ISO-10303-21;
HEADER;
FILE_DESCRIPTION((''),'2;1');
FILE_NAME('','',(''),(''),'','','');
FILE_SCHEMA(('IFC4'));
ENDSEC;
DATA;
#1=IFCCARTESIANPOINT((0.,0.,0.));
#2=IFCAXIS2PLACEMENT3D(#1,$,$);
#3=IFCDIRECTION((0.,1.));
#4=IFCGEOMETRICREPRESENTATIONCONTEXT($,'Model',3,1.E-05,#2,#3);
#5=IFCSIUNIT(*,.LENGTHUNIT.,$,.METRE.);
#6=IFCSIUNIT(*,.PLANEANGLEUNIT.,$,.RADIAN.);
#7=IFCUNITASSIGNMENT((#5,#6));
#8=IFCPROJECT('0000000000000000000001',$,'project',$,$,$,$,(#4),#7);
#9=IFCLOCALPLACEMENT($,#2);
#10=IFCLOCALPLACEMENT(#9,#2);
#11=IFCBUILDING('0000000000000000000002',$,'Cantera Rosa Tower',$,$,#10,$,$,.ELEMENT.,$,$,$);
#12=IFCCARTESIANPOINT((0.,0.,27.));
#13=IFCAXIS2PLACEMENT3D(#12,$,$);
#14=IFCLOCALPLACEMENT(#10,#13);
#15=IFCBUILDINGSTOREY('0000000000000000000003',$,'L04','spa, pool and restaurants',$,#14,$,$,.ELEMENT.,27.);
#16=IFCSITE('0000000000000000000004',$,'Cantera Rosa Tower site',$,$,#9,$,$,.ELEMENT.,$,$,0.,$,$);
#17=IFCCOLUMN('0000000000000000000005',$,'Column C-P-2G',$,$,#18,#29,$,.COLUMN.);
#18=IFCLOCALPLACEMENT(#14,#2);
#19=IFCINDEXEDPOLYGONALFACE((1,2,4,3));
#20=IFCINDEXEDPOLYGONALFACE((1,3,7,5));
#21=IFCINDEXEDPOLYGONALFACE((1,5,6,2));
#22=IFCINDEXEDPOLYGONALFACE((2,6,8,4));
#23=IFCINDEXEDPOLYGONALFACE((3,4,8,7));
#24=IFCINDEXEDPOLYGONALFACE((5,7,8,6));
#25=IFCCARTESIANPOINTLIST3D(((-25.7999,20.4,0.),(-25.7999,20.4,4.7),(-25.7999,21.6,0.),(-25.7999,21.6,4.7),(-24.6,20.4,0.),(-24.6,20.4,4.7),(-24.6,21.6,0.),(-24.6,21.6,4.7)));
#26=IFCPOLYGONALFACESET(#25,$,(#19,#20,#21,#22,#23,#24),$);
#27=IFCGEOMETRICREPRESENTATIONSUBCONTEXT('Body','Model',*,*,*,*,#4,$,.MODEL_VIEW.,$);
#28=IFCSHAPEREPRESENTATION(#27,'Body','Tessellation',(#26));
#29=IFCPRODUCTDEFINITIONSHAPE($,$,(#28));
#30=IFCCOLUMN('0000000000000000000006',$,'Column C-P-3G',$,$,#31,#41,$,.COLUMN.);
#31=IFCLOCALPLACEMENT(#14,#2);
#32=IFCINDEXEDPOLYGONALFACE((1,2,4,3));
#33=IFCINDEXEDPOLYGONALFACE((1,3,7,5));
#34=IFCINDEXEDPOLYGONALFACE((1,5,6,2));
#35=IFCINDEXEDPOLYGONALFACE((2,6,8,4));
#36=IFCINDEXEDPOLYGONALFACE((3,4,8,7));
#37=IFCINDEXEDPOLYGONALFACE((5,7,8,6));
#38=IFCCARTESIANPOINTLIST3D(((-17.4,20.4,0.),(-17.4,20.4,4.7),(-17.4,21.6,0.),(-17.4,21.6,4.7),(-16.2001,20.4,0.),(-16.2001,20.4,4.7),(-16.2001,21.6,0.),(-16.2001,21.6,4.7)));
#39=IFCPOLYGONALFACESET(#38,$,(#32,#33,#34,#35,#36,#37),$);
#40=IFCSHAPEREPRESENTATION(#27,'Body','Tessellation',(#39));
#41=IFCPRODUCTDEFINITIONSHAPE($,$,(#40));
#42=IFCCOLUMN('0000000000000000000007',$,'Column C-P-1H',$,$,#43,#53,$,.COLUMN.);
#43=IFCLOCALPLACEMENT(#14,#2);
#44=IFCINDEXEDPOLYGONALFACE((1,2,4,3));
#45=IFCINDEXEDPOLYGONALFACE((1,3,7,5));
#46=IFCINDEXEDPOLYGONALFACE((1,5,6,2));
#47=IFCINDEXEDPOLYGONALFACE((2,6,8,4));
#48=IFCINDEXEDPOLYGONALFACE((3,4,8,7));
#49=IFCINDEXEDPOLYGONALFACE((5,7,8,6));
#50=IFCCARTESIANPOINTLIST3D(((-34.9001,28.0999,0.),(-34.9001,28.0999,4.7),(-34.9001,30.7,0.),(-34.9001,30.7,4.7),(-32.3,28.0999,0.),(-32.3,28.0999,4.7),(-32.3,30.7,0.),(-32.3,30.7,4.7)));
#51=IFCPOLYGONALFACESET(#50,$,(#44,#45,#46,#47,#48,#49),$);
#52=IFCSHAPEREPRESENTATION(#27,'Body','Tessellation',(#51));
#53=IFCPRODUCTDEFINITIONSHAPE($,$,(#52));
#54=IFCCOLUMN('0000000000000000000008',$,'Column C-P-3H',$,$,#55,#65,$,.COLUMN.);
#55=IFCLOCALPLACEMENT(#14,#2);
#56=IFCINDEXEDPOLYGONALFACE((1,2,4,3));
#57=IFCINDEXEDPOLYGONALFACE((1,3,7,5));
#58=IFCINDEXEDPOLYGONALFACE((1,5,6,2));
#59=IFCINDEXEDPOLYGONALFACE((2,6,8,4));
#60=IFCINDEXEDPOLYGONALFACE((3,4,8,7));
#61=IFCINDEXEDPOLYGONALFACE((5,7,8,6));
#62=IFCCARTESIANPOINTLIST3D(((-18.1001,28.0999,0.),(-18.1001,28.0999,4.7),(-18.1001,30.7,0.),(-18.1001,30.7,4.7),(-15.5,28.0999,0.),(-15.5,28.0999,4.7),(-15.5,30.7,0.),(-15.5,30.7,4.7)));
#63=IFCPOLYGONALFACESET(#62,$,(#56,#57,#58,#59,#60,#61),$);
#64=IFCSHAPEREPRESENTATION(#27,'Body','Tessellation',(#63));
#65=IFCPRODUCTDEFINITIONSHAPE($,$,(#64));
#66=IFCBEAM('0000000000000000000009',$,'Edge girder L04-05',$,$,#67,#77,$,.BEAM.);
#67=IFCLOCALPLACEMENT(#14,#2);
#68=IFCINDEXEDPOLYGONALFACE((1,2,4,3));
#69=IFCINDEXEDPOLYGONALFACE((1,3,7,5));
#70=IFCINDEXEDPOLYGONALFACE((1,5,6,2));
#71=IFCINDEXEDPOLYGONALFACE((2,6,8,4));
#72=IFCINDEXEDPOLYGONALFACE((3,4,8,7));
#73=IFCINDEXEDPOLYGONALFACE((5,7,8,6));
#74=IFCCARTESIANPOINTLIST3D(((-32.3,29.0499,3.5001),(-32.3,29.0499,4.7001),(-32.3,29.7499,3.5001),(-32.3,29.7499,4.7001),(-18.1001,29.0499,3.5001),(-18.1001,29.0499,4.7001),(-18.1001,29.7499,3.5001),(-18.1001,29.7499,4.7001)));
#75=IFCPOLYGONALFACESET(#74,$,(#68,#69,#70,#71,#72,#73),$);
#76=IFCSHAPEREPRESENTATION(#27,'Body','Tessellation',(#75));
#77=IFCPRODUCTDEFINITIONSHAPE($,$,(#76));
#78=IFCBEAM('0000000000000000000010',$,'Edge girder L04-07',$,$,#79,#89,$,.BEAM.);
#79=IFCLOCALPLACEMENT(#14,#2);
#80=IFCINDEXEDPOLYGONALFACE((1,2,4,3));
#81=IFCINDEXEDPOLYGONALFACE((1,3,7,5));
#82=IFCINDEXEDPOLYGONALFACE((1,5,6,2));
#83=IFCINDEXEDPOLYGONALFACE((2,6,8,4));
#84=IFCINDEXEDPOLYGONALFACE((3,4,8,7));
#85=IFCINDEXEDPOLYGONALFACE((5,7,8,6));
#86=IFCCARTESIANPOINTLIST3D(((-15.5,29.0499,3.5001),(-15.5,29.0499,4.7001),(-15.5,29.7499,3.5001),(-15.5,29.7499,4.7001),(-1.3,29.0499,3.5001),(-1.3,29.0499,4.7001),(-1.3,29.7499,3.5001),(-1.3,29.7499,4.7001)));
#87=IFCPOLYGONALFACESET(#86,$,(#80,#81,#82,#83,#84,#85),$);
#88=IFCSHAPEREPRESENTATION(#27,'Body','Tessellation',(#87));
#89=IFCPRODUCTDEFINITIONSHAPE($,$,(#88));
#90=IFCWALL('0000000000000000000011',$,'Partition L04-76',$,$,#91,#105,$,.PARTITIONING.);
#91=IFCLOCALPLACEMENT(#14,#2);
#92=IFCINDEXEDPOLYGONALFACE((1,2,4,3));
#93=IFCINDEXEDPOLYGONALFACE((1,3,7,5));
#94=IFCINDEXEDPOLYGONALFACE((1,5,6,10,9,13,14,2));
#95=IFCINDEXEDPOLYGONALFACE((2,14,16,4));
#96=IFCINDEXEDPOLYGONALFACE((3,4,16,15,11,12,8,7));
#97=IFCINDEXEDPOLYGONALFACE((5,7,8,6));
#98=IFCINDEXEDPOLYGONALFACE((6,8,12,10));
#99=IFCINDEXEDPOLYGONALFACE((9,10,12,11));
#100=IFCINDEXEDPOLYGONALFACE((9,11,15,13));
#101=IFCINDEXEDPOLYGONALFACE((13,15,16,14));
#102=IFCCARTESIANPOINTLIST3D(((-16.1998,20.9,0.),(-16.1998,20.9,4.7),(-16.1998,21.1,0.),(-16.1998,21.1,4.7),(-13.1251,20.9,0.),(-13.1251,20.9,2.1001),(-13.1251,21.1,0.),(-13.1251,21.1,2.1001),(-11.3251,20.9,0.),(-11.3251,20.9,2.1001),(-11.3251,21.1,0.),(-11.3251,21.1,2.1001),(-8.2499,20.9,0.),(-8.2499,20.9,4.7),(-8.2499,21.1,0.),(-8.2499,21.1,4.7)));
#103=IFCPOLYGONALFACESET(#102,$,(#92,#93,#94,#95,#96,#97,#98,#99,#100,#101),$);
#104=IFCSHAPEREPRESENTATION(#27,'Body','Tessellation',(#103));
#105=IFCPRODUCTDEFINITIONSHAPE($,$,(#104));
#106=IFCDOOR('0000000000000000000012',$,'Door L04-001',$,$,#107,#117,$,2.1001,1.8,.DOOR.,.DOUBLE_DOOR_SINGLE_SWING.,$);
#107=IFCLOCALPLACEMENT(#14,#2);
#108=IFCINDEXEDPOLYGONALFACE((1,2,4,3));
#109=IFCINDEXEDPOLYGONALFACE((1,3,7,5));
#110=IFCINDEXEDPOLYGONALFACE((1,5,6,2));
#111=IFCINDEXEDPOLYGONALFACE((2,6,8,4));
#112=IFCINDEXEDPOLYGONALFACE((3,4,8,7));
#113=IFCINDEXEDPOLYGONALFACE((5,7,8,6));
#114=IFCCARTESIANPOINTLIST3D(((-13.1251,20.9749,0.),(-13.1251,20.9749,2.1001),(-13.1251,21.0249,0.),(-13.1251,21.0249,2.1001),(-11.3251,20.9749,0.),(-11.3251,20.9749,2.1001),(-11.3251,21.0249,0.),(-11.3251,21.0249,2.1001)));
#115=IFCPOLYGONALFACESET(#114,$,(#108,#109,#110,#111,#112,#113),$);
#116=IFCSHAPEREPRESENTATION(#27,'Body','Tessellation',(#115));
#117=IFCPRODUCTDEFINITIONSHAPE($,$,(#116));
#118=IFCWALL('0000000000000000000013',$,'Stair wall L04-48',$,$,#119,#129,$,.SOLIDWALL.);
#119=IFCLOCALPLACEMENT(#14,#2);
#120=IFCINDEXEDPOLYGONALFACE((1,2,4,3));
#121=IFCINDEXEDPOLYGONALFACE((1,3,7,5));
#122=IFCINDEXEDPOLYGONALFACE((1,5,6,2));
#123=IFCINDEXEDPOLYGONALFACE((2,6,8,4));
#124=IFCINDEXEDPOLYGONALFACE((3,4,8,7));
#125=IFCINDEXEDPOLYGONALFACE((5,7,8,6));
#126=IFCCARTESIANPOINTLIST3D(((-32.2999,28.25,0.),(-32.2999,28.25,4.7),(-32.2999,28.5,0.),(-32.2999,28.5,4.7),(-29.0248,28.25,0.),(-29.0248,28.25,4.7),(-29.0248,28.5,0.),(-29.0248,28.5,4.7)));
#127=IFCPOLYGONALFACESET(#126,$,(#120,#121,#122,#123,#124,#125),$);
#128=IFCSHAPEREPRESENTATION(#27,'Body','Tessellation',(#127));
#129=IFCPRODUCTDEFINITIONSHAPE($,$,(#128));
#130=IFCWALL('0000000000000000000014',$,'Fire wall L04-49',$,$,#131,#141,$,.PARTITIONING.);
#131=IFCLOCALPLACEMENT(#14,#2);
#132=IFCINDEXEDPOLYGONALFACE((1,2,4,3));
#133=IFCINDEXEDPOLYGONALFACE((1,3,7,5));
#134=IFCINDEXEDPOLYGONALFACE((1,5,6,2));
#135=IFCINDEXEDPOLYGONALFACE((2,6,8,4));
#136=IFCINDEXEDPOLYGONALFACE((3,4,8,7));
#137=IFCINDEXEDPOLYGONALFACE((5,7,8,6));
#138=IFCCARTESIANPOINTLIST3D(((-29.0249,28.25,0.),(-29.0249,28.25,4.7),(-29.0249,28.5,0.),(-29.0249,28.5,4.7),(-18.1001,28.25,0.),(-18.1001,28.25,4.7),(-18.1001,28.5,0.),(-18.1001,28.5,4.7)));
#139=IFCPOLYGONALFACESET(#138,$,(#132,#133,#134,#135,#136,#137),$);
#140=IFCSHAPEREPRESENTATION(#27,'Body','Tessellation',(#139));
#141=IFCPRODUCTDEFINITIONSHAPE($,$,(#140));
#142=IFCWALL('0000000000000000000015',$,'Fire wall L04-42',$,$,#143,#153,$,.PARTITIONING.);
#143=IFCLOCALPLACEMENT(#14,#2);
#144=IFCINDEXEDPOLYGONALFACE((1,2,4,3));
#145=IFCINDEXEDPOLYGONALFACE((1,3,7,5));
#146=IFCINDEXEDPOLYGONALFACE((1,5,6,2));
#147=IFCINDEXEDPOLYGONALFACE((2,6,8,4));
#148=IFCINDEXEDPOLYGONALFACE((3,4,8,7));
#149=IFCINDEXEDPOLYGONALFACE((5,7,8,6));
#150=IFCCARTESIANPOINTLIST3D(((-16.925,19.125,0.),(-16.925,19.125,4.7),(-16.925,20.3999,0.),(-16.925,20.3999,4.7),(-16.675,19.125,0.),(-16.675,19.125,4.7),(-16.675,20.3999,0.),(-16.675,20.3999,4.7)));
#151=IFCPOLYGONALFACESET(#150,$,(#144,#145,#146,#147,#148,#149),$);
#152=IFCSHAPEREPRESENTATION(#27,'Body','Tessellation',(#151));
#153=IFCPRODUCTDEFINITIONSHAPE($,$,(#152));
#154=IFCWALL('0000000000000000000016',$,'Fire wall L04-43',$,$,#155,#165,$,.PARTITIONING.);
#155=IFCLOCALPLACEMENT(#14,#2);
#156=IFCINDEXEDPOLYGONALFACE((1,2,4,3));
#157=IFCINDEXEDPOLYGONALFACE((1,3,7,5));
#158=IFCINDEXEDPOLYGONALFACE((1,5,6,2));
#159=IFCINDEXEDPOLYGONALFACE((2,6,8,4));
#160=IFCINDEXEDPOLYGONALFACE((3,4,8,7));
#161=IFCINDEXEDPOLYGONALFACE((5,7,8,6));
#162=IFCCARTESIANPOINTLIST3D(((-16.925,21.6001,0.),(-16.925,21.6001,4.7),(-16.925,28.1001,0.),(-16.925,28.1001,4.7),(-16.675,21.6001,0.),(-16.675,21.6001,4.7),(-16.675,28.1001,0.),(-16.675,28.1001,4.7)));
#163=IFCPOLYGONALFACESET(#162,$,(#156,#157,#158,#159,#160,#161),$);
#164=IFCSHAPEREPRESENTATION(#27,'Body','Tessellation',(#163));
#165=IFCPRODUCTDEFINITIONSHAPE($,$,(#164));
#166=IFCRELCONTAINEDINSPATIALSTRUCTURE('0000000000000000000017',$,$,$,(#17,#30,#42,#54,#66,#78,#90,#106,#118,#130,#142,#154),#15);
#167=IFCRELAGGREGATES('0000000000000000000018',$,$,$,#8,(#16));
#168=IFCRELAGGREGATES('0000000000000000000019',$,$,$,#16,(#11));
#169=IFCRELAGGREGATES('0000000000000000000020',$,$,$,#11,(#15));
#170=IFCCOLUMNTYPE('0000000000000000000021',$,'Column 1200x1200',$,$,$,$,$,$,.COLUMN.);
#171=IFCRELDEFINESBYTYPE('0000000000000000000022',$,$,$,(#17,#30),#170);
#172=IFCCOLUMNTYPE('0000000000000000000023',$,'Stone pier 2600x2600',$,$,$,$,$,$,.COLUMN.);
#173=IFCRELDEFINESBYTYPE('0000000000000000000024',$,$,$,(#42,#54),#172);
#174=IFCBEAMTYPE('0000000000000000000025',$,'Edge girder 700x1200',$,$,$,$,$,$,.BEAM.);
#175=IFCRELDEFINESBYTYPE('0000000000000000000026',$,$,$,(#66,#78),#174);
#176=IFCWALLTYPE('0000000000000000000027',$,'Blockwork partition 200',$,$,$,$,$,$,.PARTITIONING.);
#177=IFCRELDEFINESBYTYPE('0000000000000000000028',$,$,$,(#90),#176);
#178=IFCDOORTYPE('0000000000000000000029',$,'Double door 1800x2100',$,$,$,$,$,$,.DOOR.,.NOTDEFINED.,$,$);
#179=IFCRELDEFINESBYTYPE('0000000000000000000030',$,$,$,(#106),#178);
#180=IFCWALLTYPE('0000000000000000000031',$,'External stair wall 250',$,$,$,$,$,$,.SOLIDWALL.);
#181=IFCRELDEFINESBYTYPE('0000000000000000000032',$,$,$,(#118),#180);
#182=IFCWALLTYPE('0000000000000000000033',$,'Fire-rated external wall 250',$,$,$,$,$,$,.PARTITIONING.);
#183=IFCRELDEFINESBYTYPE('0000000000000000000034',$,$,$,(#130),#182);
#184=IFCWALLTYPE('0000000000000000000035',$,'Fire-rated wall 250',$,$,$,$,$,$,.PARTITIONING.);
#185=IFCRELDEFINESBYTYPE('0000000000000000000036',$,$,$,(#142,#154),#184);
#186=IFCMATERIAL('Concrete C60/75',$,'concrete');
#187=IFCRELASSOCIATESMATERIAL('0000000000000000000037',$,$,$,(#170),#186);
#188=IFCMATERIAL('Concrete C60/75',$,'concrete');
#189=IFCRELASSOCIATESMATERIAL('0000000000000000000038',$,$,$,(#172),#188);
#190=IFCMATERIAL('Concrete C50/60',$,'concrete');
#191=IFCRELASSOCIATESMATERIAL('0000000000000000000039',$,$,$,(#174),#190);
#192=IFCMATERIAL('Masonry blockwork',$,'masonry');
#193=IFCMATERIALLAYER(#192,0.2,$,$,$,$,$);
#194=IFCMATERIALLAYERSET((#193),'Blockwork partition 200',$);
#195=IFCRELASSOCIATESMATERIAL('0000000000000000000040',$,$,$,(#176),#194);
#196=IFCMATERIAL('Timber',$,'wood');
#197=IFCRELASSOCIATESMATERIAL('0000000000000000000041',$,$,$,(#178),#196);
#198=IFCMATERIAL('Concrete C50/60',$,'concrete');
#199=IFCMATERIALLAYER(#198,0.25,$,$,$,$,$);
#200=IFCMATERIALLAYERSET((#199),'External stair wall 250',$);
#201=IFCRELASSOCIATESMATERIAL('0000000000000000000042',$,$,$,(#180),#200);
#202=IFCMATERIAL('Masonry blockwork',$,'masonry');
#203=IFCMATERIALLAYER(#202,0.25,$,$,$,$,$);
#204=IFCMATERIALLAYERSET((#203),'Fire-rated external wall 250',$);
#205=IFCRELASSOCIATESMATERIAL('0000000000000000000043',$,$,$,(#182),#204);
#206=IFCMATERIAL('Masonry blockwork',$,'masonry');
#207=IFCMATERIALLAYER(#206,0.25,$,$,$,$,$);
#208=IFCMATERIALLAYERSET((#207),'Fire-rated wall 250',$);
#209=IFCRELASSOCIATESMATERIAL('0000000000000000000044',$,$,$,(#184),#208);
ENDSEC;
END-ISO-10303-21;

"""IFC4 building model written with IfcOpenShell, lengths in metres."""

from ifc_helpers import new_model, si_unit, direction, frame, frame_2d, origin, origin_2d, place, context, subcontext, project, spatial, rectangle, extrude, material, layer, layer_set, material_profile, profile_set, type_object, element, fill, save


model = new_model("IFC4")

# Units and contexts
model_context = context("Model", 3, precision=1e-05, world=origin(), true_north=direction((0.0, 1.0)))
body_context = subcontext(model_context, "Body", "Model", "MODEL_VIEW")
ifc_project = project(units=[si_unit("LENGTHUNIT", "METRE"), si_unit("PLANEANGLEUNIT", "RADIAN")], contexts=[model_context])

# Site, building, storey
site_placement = place(None, origin())
site = spatial("IfcSite", under=ifc_project, at=site_placement, Name="Cantera Rosa Tower site", CompositionType="ELEMENT", RefElevation=0.0)
building_placement = place(site_placement, origin())
building = spatial("IfcBuilding", under=site, at=building_placement, Name="Cantera Rosa Tower", CompositionType="ELEMENT")
storey_placement = place(building_placement, frame((0.0, 0.0, 27.0)))
storey = spatial("IfcBuildingStorey", under=building, at=storey_placement, Name="L04", Description="spa, pool and restaurants", CompositionType="ELEMENT", Elevation=27.0)

# Columns
ifc_material_1 = material(Name="Concrete C60/75", Category="concrete")
ifc_material_profile_1 = material_profile(ifc_material_1, rectangle(XDim=1.2, YDim=1.2, at=origin_2d()), Name="Column 1200x1200")
ifc_profile_set_1 = profile_set([ifc_material_profile_1], Name="Concrete C60/75")
column_type_1 = type_object("IfcColumnType", Name="Column 1200x1200", PredefinedType="COLUMN", material=ifc_profile_set_1)
for number, where, z_axis, x_axis, name in (
    (1, (-25.2, 21.0, 0.0), (0.0, 0.0, 1.0), (1.0, 0.0, 0.0), "Column C-P-2G"),
    (2, (-16.8, 21.0, 0.0), (0.0, 0.0, 1.0), (1.0, 0.0, 0.0), "Column C-P-3G"),
):
    element("IfcColumn", number, at=place(storey_placement, frame(where, z_axis=z_axis, x_axis=x_axis)), inside=storey, type_object=column_type_1, Name=name, PredefinedType="COLUMN", context=body_context, shape_type="SweptSolid", body=[
        extrude(rectangle(XDim=1.2, YDim=1.2, at=origin_2d()), origin(), (0.0, 0.0, 1.0), 4.7),
    ])
ifc_material_2 = material(Name="Concrete C60/75", Category="concrete")
ifc_material_profile_2 = material_profile(ifc_material_2, rectangle(XDim=2.6001, YDim=2.6001, at=origin_2d()), Name="Stone pier 2600x2600")
ifc_profile_set_2 = profile_set([ifc_material_profile_2], Name="Concrete C60/75")
column_type_2 = type_object("IfcColumnType", Name="Stone pier 2600x2600", PredefinedType="COLUMN", material=ifc_profile_set_2)
for number, where, z_axis, x_axis, name in (
    (3, (-33.6001, 29.3999, 0.0), (0.0, 0.0, 1.0), (1.0, 0.0, 0.0), "Column C-P-1H"),
    (4, (-16.8, 29.3999, 0.0), (0.0, 0.0, 1.0), (1.0, 0.0, 0.0), "Column C-P-3H"),
):
    element("IfcColumn", number, at=place(storey_placement, frame(where, z_axis=z_axis, x_axis=x_axis)), inside=storey, type_object=column_type_2, Name=name, PredefinedType="COLUMN", context=body_context, shape_type="SweptSolid", body=[
        extrude(rectangle(XDim=2.6001, YDim=2.6001, at=origin_2d()), origin(), (0.0, 0.0, 1.0), 4.7),
    ])

# Beams
ifc_material_3 = material(Name="Concrete C50/60", Category="concrete")
ifc_material_profile_3 = material_profile(ifc_material_3, rectangle(XDim=0.7, YDim=1.2, at=origin_2d()), Name="Edge girder 700x1200")
ifc_profile_set_3 = profile_set([ifc_material_profile_3], Name="Concrete C50/60")
beam_type = type_object("IfcBeamType", Name="Edge girder 700x1200", PredefinedType="BEAM", material=ifc_profile_set_3)
for number, where, z_axis, x_axis, name in (
    (5, (-32.3, 29.3999, 4.1001), (1.0, 0.0, 0.0), (0.0, 1.0, 0.0), "Edge girder L04-05"),
    (6, (-15.5, 29.3999, 4.1001), (1.0, 0.0, 0.0), (0.0, 1.0, 0.0), "Edge girder L04-07"),
):
    element("IfcBeam", number, at=place(storey_placement, frame(where, z_axis=z_axis, x_axis=x_axis)), inside=storey, type_object=beam_type, Name=name, PredefinedType="BEAM", context=body_context, shape_type="SweptSolid", body=[
        extrude(rectangle(XDim=0.7, YDim=1.2, at=origin_2d()), origin(), (0.0, 0.0, 1.0), 14.2),
    ])

# Wall, opening, door
ifc_material_4 = material(Name="Masonry blockwork", Category="masonry")
ifc_layer_1 = layer(ifc_material_4, 0.2)
ifc_layer_set_1 = layer_set([ifc_layer_1], Name="Blockwork partition 200")
wall_type_1 = type_object("IfcWallType", Name="Blockwork partition 200", PredefinedType="PARTITIONING", material=ifc_layer_set_1)
wall_1_placement = place(storey_placement, frame((-16.2, 21.0, 0.0), z_axis=(0.0, 0.0, 1.0), x_axis=(1.0, 0.0, 0.0)))
wall_1 = element("IfcWall", 7, at=wall_1_placement, inside=storey, type_object=wall_type_1, Name="Partition L04-76", PredefinedType="PARTITIONING", context=body_context, shape_type="SweptSolid", body=[
    extrude(rectangle(XDim=7.95, YDim=0.2, at=frame_2d((3.9751, 0.0))), origin(), (0.0, 0.0, 1.0), 4.7),
])
opening_1_placement = place(wall_1_placement, frame((3.075, 0.0, 0.0)))
opening_1 = element("IfcOpeningElement", 8, at=opening_1_placement, cuts=wall_1, PredefinedType="OPENING", context=body_context, shape_type="SweptSolid", body=[
    extrude(rectangle(XDim=1.8, YDim=2.1001, at=frame_2d((0.8999, 1.05))), frame((0.0, 0.1099, 0.0), z_axis=(0.0, -1.0, 0.0), x_axis=(1.0, 0.0, 0.0)), (0.0, 0.0, 1.0), 0.22),
])
ifc_material_5 = material(Name="Timber", Category="wood")
door_type_1 = type_object("IfcDoorType", Name="Double door 1800x2100", OperationType="NOTDEFINED", PredefinedType="DOOR", material=ifc_material_5)
door_1_placement = place(opening_1_placement, origin())
door_1 = element("IfcDoor", 9, at=door_1_placement, inside=storey, type_object=door_type_1, Name="Door L04-001", OperationType="DOUBLE_DOOR_SINGLE_SWING", OverallHeight=2.1001, OverallWidth=1.8, PredefinedType="DOOR", context=body_context, shape_type="SweptSolid", body=[
    extrude(rectangle(XDim=1.8, YDim=2.1001, at=frame_2d((0.8999, 1.05))), frame((0.0, 0.0249, 0.0), z_axis=(0.0, -1.0, 0.0), x_axis=(1.0, 0.0, 0.0)), (0.0, 0.0, 1.0), 0.05),
])
fill(opening_1, door_1)

# Walls
ifc_material_6 = material(Name="Concrete C50/60", Category="concrete")
ifc_layer_2 = layer(ifc_material_6, 0.25)
ifc_layer_set_2 = layer_set([ifc_layer_2], Name="External stair wall 250")
wall_type_2 = type_object("IfcWallType", Name="External stair wall 250", PredefinedType="SOLIDWALL", material=ifc_layer_set_2)
wall_2_placement = place(storey_placement, frame((-32.3, 28.375, 0.0), z_axis=(0.0, 0.0, 1.0), x_axis=(1.0, 0.0, 0.0)))
element("IfcWall", 10, at=wall_2_placement, inside=storey, type_object=wall_type_2, Name="Stair wall L04-48", PredefinedType="SOLIDWALL", context=body_context, shape_type="SweptSolid", body=[
    extrude(rectangle(XDim=3.2751, YDim=0.25, at=frame_2d((1.6377, 0.0))), origin(), (0.0, 0.0, 1.0), 4.7),
])
ifc_material_7 = material(Name="Masonry blockwork", Category="masonry")
ifc_layer_3 = layer(ifc_material_7, 0.25)
ifc_layer_set_3 = layer_set([ifc_layer_3], Name="Fire-rated external wall 250")
wall_type_3 = type_object("IfcWallType", Name="Fire-rated external wall 250", PredefinedType="PARTITIONING", material=ifc_layer_set_3)
wall_3_placement = place(storey_placement, frame((-29.0249, 28.375, 0.0), z_axis=(0.0, 0.0, 1.0), x_axis=(1.0, 0.0, 0.0)))
element("IfcWall", 11, at=wall_3_placement, inside=storey, type_object=wall_type_3, Name="Fire wall L04-49", PredefinedType="PARTITIONING", context=body_context, shape_type="SweptSolid", body=[
    extrude(rectangle(XDim=10.9248, YDim=0.25, at=frame_2d((5.4624, 0.0))), origin(), (0.0, 0.0, 1.0), 4.7),
])
ifc_material_8 = material(Name="Masonry blockwork", Category="masonry")
ifc_layer_4 = layer(ifc_material_8, 0.25)
ifc_layer_set_4 = layer_set([ifc_layer_4], Name="Fire-rated wall 250")
wall_type_4 = type_object("IfcWallType", Name="Fire-rated wall 250", PredefinedType="PARTITIONING", material=ifc_layer_set_4)
wall_4_placement = place(storey_placement, frame((-16.8, 19.125, 0.0), z_axis=(0.0, 0.0, 1.0), x_axis=(0.0, 1.0, 0.0)))
element("IfcWall", 12, at=wall_4_placement, inside=storey, type_object=wall_type_4, Name="Fire wall L04-42", PredefinedType="PARTITIONING", context=body_context, shape_type="SweptSolid", body=[
    extrude(rectangle(XDim=1.2749, YDim=0.25, at=frame_2d((0.6375, 0.0))), origin(), (0.0, 0.0, 1.0), 4.7),
])
wall_5_placement = place(storey_placement, frame((-16.8, 21.6001, 0.0), z_axis=(0.0, 0.0, 1.0), x_axis=(0.0, 1.0, 0.0)))
element("IfcWall", 13, at=wall_5_placement, inside=storey, type_object=wall_type_4, Name="Fire wall L04-43", PredefinedType="PARTITIONING", context=body_context, shape_type="SweptSolid", body=[
    extrude(rectangle(XDim=6.5, YDim=0.25, at=frame_2d((3.25, 0.0))), origin(), (0.0, 0.0, 1.0), 4.7),
])

save(model, "model.ifc")
